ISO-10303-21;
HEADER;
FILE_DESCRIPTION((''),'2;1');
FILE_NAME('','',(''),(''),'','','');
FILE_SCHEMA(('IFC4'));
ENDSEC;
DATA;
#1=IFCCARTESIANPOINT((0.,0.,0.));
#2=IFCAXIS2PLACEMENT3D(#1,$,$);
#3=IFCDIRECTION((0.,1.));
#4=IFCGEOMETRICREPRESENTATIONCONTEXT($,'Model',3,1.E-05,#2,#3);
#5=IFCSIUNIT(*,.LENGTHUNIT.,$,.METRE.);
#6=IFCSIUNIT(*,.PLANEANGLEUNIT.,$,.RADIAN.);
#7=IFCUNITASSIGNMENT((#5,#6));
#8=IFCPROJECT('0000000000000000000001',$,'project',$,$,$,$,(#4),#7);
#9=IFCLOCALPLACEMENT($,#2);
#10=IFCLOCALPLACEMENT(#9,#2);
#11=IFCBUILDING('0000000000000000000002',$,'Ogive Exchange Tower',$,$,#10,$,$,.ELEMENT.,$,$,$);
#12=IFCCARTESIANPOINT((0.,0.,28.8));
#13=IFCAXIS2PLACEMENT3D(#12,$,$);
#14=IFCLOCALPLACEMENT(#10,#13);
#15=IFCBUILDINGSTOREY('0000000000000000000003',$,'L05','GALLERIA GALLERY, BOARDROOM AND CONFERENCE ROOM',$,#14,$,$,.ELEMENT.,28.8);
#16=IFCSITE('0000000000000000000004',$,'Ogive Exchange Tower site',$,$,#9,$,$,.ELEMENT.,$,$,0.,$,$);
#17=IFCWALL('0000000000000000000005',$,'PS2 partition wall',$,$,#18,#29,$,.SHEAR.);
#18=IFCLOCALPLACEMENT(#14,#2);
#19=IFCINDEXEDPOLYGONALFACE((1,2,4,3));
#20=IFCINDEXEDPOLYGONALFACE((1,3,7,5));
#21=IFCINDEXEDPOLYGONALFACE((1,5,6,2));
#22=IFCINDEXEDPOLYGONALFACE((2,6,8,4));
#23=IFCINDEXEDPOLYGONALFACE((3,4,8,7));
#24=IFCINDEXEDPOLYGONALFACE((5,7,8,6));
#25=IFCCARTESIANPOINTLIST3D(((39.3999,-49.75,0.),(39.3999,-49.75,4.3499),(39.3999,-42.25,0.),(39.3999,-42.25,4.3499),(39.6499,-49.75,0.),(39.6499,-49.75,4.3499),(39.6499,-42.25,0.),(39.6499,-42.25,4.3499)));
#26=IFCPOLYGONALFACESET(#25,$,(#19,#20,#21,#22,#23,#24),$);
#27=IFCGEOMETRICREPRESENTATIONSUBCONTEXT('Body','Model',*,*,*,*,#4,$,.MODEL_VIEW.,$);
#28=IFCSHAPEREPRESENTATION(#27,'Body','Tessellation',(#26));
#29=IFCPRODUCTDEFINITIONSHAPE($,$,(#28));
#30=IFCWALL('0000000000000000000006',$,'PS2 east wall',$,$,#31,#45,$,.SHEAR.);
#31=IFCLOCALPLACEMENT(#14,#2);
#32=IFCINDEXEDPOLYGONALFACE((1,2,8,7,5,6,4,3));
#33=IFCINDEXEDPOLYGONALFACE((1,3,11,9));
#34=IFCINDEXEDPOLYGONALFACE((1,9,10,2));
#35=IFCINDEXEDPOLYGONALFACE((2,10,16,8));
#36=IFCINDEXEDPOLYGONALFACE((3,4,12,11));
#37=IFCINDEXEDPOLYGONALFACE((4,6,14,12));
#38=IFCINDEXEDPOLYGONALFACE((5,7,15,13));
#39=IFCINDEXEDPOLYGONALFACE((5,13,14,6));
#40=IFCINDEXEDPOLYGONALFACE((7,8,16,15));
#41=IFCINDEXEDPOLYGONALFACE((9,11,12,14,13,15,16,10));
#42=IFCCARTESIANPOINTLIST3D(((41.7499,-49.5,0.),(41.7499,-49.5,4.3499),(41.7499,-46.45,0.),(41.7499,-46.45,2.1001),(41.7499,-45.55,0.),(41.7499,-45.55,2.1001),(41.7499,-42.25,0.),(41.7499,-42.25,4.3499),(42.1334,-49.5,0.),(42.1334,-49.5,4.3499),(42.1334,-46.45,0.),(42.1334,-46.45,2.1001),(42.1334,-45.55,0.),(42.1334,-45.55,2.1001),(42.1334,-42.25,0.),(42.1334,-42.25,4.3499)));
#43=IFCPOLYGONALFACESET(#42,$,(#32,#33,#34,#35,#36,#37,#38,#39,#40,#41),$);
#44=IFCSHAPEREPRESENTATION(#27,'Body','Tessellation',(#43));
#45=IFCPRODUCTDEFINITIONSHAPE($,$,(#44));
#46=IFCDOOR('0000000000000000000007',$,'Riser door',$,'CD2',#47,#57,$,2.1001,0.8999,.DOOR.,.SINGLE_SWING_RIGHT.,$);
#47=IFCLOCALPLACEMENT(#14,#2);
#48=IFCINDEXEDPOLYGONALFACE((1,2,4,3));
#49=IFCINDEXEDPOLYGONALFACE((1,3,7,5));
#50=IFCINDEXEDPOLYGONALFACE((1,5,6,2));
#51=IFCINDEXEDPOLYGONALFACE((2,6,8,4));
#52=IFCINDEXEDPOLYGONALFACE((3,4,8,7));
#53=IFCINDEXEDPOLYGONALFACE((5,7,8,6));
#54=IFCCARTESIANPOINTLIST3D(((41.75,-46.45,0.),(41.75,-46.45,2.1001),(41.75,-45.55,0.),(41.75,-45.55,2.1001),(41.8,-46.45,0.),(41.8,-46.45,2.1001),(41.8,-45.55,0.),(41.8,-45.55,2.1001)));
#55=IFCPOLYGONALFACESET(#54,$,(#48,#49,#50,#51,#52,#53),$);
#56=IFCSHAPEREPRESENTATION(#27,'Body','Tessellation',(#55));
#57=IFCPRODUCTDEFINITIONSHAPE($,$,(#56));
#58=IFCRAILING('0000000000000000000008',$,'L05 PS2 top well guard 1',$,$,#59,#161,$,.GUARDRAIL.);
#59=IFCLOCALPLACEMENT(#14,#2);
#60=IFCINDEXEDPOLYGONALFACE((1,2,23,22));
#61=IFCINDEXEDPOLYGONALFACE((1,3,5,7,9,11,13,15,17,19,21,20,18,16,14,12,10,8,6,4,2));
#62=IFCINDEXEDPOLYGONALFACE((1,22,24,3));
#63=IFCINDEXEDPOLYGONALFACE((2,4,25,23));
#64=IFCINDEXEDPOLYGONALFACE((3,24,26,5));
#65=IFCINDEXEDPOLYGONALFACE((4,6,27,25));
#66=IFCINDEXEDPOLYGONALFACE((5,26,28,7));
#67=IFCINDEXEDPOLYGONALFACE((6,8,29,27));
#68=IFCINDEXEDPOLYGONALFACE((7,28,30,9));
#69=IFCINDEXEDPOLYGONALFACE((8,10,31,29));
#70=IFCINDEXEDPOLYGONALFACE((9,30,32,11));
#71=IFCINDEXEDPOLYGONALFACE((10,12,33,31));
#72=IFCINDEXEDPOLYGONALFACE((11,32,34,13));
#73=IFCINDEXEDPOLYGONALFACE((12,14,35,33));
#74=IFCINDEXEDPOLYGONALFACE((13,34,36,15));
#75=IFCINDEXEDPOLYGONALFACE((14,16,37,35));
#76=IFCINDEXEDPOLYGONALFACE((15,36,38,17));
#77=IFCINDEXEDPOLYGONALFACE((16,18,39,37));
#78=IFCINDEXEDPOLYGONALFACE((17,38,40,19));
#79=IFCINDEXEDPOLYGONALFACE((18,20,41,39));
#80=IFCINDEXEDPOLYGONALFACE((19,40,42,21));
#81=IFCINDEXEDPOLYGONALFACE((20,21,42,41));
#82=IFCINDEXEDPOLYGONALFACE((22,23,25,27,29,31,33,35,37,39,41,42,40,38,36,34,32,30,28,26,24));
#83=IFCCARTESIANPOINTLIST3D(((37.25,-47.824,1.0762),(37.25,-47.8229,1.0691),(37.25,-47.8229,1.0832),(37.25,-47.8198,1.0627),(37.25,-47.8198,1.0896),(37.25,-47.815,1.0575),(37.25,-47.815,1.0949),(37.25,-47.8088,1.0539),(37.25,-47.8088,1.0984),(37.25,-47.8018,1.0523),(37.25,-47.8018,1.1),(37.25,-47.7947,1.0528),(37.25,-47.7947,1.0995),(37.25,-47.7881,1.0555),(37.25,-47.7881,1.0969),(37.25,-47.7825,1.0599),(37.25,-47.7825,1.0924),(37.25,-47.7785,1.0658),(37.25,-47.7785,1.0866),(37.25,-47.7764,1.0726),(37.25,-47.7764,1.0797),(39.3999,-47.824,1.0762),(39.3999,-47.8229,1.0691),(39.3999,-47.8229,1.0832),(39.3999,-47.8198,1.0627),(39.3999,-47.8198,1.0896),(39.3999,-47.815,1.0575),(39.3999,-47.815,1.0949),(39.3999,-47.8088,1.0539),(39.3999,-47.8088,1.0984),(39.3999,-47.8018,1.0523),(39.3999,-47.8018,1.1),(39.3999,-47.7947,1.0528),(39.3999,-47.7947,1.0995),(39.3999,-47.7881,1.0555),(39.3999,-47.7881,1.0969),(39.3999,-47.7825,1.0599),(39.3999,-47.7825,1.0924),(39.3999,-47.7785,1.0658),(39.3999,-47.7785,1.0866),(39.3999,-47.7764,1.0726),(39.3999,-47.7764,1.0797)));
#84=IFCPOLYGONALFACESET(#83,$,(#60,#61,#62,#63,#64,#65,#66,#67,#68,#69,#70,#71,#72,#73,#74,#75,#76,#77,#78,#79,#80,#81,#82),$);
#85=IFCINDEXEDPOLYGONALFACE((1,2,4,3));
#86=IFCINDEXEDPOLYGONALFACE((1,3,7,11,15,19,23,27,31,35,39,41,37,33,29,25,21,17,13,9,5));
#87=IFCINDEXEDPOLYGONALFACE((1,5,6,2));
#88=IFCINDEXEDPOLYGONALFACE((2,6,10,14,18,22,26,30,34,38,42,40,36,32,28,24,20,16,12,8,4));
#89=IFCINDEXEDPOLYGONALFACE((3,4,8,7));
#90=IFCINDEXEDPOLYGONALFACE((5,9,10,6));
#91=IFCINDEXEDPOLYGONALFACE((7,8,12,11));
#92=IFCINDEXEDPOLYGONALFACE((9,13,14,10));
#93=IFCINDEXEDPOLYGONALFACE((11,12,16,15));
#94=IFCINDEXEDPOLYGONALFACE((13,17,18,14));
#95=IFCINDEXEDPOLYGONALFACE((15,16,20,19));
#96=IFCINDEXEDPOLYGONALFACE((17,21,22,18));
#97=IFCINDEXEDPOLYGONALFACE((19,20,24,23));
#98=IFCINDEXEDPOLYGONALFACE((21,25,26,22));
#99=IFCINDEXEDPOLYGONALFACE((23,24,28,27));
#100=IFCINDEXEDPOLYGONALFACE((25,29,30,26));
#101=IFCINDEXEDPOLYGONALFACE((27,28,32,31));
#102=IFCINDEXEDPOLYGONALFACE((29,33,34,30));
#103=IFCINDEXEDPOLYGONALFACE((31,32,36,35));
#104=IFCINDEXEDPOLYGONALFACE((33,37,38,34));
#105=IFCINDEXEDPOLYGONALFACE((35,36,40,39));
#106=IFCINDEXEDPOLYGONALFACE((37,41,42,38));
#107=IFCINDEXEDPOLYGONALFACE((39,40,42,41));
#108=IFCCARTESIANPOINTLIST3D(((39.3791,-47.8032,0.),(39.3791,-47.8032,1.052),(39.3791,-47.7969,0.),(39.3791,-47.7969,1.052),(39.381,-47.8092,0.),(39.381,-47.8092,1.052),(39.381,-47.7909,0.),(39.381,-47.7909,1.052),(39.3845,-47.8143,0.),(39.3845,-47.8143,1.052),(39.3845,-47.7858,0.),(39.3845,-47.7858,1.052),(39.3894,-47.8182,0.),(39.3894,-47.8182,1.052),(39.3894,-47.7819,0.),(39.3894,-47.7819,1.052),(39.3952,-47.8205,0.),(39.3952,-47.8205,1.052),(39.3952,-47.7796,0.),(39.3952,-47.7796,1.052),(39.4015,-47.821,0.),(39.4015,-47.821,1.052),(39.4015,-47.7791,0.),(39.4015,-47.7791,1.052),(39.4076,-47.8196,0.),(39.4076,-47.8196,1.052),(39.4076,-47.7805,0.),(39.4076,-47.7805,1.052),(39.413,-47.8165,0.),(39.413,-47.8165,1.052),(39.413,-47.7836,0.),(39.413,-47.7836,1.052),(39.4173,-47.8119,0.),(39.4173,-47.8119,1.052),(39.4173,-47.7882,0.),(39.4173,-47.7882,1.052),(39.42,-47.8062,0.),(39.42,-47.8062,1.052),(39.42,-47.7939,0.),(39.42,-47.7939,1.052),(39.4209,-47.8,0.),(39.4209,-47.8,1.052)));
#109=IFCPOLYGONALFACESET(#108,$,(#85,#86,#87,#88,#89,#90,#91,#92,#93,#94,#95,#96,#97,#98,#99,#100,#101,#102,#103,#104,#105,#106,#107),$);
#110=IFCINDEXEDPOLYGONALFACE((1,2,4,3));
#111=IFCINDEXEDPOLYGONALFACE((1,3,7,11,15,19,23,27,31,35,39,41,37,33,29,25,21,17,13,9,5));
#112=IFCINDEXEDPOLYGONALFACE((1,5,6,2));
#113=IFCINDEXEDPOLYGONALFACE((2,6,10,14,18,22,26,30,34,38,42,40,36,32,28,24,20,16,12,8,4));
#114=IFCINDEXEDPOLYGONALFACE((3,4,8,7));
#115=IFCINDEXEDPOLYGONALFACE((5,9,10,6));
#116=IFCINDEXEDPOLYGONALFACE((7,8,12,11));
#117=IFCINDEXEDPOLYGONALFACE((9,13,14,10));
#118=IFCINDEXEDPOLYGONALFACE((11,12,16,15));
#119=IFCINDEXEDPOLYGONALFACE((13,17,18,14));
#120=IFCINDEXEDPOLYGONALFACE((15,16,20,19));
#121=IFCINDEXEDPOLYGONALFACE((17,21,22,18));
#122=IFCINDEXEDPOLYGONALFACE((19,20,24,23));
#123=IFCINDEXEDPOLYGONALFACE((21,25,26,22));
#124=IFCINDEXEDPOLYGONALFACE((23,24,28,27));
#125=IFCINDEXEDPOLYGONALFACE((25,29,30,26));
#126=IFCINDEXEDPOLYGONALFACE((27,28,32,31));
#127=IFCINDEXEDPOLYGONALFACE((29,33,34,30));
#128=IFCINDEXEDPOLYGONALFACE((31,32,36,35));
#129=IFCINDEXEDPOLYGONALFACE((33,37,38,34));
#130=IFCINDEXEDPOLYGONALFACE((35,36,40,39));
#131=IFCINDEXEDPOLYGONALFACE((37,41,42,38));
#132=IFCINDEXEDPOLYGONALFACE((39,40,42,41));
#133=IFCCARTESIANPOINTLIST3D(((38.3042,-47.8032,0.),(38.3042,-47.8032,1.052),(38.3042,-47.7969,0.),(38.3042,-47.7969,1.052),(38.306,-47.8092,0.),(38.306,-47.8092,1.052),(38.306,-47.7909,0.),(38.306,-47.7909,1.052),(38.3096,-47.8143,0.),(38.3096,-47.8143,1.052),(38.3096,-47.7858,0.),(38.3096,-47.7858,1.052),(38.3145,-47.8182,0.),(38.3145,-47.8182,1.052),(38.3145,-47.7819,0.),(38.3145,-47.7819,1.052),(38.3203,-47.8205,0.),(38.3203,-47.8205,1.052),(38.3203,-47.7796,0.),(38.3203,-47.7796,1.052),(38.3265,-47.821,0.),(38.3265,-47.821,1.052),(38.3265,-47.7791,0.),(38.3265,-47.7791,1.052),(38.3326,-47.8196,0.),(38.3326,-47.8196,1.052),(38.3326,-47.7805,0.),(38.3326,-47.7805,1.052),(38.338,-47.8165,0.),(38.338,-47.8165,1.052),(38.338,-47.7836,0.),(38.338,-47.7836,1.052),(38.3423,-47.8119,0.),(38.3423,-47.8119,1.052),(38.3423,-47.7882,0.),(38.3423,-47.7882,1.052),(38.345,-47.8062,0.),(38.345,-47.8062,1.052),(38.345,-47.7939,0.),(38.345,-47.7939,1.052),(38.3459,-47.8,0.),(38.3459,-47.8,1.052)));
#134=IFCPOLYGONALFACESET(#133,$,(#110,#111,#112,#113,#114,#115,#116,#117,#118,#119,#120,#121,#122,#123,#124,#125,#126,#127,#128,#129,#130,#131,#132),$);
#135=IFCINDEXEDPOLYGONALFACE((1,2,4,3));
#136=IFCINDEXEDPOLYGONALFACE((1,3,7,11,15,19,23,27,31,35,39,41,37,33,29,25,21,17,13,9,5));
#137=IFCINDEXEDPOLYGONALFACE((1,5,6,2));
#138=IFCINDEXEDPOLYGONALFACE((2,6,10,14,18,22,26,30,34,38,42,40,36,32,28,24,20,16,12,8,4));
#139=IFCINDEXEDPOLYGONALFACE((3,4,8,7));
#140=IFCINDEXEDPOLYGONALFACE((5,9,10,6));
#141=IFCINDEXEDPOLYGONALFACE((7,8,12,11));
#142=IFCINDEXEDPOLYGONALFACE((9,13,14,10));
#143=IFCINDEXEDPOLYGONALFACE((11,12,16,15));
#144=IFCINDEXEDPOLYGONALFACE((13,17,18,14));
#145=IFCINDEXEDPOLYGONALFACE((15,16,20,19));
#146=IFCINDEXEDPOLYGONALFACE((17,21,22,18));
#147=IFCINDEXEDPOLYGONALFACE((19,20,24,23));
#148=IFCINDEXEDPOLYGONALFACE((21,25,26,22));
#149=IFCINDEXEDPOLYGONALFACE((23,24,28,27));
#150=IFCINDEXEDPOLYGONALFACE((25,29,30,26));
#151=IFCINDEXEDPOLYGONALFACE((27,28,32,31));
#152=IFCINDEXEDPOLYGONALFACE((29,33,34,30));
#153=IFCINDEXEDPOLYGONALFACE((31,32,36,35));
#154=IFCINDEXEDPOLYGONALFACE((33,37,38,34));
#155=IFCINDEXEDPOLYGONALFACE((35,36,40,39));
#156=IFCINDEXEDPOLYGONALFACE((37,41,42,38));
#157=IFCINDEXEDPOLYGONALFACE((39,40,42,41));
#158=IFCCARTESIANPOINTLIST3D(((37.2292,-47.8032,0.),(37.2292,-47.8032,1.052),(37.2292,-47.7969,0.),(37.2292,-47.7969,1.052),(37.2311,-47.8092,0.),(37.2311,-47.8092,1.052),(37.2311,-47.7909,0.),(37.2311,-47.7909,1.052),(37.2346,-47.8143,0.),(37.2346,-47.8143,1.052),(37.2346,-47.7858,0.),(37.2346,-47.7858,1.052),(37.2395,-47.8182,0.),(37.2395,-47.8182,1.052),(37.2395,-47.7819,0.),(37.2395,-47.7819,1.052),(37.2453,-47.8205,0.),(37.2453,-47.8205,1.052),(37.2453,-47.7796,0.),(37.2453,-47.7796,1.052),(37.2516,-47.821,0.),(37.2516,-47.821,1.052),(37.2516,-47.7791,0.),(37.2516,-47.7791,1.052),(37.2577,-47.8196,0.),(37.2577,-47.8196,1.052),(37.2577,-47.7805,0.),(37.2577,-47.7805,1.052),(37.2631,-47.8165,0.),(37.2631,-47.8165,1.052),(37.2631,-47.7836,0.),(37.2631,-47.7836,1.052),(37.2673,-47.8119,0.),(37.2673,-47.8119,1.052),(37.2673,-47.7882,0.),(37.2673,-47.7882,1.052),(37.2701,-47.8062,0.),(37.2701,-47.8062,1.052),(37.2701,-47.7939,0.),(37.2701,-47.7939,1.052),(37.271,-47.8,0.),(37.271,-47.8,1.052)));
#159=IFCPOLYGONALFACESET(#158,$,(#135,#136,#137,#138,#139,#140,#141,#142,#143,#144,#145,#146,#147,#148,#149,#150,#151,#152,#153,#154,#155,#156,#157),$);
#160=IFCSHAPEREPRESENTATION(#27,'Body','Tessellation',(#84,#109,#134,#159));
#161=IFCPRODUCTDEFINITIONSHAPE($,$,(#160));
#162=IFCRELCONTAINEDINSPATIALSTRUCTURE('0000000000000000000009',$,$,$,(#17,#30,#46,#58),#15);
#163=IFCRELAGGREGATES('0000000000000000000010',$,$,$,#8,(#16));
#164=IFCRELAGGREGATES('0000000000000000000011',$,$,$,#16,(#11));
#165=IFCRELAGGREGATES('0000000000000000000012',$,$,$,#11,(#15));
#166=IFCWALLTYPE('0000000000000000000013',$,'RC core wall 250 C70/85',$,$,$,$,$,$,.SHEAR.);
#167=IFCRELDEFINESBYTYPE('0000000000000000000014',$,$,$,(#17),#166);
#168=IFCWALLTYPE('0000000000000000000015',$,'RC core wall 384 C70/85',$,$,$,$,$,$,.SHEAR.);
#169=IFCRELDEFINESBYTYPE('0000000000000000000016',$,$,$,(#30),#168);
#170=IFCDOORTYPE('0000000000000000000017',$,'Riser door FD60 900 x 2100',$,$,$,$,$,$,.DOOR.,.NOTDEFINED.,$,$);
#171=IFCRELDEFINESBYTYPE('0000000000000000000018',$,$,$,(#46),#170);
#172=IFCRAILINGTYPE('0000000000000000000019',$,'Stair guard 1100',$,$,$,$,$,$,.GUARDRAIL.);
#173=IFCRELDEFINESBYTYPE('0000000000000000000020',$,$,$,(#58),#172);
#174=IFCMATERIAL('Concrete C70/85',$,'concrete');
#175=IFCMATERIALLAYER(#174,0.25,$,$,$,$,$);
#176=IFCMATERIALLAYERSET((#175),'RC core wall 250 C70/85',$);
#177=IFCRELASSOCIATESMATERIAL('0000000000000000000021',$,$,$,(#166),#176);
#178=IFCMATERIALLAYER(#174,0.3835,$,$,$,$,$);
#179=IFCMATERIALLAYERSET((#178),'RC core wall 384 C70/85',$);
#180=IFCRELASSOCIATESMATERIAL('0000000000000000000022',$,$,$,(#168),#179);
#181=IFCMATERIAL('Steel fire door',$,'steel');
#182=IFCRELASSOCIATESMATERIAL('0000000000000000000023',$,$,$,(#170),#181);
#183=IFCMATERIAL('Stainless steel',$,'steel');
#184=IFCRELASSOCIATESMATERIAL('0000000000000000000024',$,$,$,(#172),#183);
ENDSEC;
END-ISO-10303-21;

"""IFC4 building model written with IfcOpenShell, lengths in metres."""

from ifc_helpers import new_model, si_unit, direction, frame, frame_2d, origin, origin_2d, place, context, subcontext, project, spatial, rectangle, circle, extrude, material, layer, layer_set, type_object, element, fill, save


model = new_model("IFC4")

# Units and contexts
model_context = context("Model", 3, precision=1e-05, world=origin(), true_north=direction((0.0, 1.0)))
body_context = subcontext(model_context, "Body", "Model", "MODEL_VIEW")
ifc_project = project(units=[si_unit("LENGTHUNIT", "METRE"), si_unit("PLANEANGLEUNIT", "RADIAN")], contexts=[model_context])

# Site, building, storey
site_placement = place(None, origin())
site = spatial("IfcSite", under=ifc_project, at=site_placement, Name="Ogive Exchange Tower site", CompositionType="ELEMENT", RefElevation=0.0)
building_placement = place(site_placement, origin())
building = spatial("IfcBuilding", under=site, at=building_placement, Name="Ogive Exchange Tower", CompositionType="ELEMENT")
storey_placement = place(building_placement, frame((0.0, 0.0, 28.8)))
storey = spatial("IfcBuildingStorey", under=building, at=storey_placement, Name="L05", Description="GALLERIA GALLERY, BOARDROOM AND CONFERENCE ROOM", CompositionType="ELEMENT", Elevation=28.8)

# Shared definitions
ifc_material_1 = material(Name="Concrete C70/85", Category="concrete")

# Shared definitions
ifc_layer_1 = layer(ifc_material_1, 0.25)
ifc_layer_set_1 = layer_set([ifc_layer_1], Name="RC core wall 250 C70/85")
wall_type_1 = type_object("IfcWallType", Name="RC core wall 250 C70/85", PredefinedType="SHEAR", material=ifc_layer_set_1)

# Shared definitions
ifc_material_2 = material(Name="Steel fire door", Category="steel")

# Wall
wall_1_placement = place(storey_placement, frame((39.5249, -49.75, 0.0), z_axis=(0.0, 0.0, 1.0), x_axis=(0.0, 1.0, 0.0)))
element("IfcWall", 1, at=wall_1_placement, inside=storey, type_object=wall_type_1, Name="PS2 partition wall", PredefinedType="SHEAR", context=body_context, shape_type="SweptSolid", body=[
    extrude(rectangle(XDim=7.5, YDim=0.25, at=frame_2d((3.75, 0.0))), origin(), (0.0, 0.0, 1.0), 4.3499),
])

# Wall, opening, door
ifc_layer_2 = layer(ifc_material_1, 0.3835)
ifc_layer_set_2 = layer_set([ifc_layer_2], Name="RC core wall 384 C70/85")
wall_type_2 = type_object("IfcWallType", Name="RC core wall 384 C70/85", PredefinedType="SHEAR", material=ifc_layer_set_2)
wall_2_placement = place(storey_placement, frame((41.9417, -49.5, 0.0), z_axis=(0.0, 0.0, 1.0), x_axis=(0.0, 1.0, 0.0)))
wall_2 = element("IfcWall", 2, at=wall_2_placement, inside=storey, type_object=wall_type_2, Name="PS2 east wall", PredefinedType="SHEAR", context=body_context, shape_type="SweptSolid", body=[
    extrude(rectangle(XDim=7.25, YDim=0.3835, at=frame_2d((3.625, 0.0))), origin(), (0.0, 0.0, 1.0), 4.3499),
])
opening_1_placement = place(wall_2_placement, frame((3.05, 0.0, 0.0)))
opening_1 = element("IfcOpeningElement", 3, at=opening_1_placement, cuts=wall_2, PredefinedType="OPENING", context=body_context, shape_type="SweptSolid", body=[
    extrude(rectangle(XDim=0.8999, YDim=2.1001, at=frame_2d((0.45, 1.05))), frame((0.0, 0.2017, 0.0), z_axis=(0.0, -1.0, 0.0), x_axis=(1.0, 0.0, 0.0)), (0.0, 0.0, 1.0), 0.4036),
])
door_type_1 = type_object("IfcDoorType", Name="Riser door FD60 900 x 2100", OperationType="NOTDEFINED", PredefinedType="DOOR", material=ifc_material_2)
door_1_placement = place(opening_1_placement, frame((0.8999, 0.3335, 0.0), z_axis=(0.0, 0.0, 1.0), x_axis=(-1.0, 0.0, 0.0)))
door_1 = element("IfcDoor", 4, at=door_1_placement, inside=storey, type_object=door_type_1, Name="Riser door", ObjectType="CD2", OperationType="SINGLE_SWING_RIGHT", OverallHeight=2.1001, OverallWidth=0.8999, PredefinedType="DOOR", context=body_context, shape_type="SweptSolid", body=[
    extrude(rectangle(XDim=0.8999, YDim=2.1001, at=frame_2d((0.45, 1.05))), frame((0.0, 0.1919, 0.0), z_axis=(0.0, -1.0, 0.0), x_axis=(1.0, 0.0, 0.0)), (0.0, 0.0, 1.0), 0.05),
])
fill(opening_1, door_1)

# Railing
ifc_material_3 = material(Name="Stainless steel", Category="steel")
railing_type = type_object("IfcRailingType", Name="Stair guard 1100", PredefinedType="GUARDRAIL", material=ifc_material_3)
railing_placement = place(storey_placement, frame((39.3999, -47.8, 0.0)))
element("IfcRailing", 5, at=railing_placement, inside=storey, type_object=railing_type, Name="L05 PS2 top well guard 1", PredefinedType="GUARDRAIL", context=body_context, shape_type="SweptSolid", body=[
    extrude(circle(Radius=0.0239, at=origin_2d()), frame((0.0, 0.0, 1.0762), z_axis=(-1.0, 0.0, 0.0), x_axis=(0.0, -1.0, 0.0)), (0.0, 0.0, 1.0), 2.1499),
    extrude(circle(Radius=0.021, at=origin_2d()), origin(), (0.0, 0.0, 1.0), 1.052),
    extrude(circle(Radius=0.021, at=origin_2d()), frame((-1.075, 0.0, 0.0)), (0.0, 0.0, 1.0), 1.052),
    extrude(circle(Radius=0.021, at=origin_2d()), frame((-2.1499, 0.0, 0.0)), (0.0, 0.0, 1.0), 1.052),
])

save(model, "model.ifc")
